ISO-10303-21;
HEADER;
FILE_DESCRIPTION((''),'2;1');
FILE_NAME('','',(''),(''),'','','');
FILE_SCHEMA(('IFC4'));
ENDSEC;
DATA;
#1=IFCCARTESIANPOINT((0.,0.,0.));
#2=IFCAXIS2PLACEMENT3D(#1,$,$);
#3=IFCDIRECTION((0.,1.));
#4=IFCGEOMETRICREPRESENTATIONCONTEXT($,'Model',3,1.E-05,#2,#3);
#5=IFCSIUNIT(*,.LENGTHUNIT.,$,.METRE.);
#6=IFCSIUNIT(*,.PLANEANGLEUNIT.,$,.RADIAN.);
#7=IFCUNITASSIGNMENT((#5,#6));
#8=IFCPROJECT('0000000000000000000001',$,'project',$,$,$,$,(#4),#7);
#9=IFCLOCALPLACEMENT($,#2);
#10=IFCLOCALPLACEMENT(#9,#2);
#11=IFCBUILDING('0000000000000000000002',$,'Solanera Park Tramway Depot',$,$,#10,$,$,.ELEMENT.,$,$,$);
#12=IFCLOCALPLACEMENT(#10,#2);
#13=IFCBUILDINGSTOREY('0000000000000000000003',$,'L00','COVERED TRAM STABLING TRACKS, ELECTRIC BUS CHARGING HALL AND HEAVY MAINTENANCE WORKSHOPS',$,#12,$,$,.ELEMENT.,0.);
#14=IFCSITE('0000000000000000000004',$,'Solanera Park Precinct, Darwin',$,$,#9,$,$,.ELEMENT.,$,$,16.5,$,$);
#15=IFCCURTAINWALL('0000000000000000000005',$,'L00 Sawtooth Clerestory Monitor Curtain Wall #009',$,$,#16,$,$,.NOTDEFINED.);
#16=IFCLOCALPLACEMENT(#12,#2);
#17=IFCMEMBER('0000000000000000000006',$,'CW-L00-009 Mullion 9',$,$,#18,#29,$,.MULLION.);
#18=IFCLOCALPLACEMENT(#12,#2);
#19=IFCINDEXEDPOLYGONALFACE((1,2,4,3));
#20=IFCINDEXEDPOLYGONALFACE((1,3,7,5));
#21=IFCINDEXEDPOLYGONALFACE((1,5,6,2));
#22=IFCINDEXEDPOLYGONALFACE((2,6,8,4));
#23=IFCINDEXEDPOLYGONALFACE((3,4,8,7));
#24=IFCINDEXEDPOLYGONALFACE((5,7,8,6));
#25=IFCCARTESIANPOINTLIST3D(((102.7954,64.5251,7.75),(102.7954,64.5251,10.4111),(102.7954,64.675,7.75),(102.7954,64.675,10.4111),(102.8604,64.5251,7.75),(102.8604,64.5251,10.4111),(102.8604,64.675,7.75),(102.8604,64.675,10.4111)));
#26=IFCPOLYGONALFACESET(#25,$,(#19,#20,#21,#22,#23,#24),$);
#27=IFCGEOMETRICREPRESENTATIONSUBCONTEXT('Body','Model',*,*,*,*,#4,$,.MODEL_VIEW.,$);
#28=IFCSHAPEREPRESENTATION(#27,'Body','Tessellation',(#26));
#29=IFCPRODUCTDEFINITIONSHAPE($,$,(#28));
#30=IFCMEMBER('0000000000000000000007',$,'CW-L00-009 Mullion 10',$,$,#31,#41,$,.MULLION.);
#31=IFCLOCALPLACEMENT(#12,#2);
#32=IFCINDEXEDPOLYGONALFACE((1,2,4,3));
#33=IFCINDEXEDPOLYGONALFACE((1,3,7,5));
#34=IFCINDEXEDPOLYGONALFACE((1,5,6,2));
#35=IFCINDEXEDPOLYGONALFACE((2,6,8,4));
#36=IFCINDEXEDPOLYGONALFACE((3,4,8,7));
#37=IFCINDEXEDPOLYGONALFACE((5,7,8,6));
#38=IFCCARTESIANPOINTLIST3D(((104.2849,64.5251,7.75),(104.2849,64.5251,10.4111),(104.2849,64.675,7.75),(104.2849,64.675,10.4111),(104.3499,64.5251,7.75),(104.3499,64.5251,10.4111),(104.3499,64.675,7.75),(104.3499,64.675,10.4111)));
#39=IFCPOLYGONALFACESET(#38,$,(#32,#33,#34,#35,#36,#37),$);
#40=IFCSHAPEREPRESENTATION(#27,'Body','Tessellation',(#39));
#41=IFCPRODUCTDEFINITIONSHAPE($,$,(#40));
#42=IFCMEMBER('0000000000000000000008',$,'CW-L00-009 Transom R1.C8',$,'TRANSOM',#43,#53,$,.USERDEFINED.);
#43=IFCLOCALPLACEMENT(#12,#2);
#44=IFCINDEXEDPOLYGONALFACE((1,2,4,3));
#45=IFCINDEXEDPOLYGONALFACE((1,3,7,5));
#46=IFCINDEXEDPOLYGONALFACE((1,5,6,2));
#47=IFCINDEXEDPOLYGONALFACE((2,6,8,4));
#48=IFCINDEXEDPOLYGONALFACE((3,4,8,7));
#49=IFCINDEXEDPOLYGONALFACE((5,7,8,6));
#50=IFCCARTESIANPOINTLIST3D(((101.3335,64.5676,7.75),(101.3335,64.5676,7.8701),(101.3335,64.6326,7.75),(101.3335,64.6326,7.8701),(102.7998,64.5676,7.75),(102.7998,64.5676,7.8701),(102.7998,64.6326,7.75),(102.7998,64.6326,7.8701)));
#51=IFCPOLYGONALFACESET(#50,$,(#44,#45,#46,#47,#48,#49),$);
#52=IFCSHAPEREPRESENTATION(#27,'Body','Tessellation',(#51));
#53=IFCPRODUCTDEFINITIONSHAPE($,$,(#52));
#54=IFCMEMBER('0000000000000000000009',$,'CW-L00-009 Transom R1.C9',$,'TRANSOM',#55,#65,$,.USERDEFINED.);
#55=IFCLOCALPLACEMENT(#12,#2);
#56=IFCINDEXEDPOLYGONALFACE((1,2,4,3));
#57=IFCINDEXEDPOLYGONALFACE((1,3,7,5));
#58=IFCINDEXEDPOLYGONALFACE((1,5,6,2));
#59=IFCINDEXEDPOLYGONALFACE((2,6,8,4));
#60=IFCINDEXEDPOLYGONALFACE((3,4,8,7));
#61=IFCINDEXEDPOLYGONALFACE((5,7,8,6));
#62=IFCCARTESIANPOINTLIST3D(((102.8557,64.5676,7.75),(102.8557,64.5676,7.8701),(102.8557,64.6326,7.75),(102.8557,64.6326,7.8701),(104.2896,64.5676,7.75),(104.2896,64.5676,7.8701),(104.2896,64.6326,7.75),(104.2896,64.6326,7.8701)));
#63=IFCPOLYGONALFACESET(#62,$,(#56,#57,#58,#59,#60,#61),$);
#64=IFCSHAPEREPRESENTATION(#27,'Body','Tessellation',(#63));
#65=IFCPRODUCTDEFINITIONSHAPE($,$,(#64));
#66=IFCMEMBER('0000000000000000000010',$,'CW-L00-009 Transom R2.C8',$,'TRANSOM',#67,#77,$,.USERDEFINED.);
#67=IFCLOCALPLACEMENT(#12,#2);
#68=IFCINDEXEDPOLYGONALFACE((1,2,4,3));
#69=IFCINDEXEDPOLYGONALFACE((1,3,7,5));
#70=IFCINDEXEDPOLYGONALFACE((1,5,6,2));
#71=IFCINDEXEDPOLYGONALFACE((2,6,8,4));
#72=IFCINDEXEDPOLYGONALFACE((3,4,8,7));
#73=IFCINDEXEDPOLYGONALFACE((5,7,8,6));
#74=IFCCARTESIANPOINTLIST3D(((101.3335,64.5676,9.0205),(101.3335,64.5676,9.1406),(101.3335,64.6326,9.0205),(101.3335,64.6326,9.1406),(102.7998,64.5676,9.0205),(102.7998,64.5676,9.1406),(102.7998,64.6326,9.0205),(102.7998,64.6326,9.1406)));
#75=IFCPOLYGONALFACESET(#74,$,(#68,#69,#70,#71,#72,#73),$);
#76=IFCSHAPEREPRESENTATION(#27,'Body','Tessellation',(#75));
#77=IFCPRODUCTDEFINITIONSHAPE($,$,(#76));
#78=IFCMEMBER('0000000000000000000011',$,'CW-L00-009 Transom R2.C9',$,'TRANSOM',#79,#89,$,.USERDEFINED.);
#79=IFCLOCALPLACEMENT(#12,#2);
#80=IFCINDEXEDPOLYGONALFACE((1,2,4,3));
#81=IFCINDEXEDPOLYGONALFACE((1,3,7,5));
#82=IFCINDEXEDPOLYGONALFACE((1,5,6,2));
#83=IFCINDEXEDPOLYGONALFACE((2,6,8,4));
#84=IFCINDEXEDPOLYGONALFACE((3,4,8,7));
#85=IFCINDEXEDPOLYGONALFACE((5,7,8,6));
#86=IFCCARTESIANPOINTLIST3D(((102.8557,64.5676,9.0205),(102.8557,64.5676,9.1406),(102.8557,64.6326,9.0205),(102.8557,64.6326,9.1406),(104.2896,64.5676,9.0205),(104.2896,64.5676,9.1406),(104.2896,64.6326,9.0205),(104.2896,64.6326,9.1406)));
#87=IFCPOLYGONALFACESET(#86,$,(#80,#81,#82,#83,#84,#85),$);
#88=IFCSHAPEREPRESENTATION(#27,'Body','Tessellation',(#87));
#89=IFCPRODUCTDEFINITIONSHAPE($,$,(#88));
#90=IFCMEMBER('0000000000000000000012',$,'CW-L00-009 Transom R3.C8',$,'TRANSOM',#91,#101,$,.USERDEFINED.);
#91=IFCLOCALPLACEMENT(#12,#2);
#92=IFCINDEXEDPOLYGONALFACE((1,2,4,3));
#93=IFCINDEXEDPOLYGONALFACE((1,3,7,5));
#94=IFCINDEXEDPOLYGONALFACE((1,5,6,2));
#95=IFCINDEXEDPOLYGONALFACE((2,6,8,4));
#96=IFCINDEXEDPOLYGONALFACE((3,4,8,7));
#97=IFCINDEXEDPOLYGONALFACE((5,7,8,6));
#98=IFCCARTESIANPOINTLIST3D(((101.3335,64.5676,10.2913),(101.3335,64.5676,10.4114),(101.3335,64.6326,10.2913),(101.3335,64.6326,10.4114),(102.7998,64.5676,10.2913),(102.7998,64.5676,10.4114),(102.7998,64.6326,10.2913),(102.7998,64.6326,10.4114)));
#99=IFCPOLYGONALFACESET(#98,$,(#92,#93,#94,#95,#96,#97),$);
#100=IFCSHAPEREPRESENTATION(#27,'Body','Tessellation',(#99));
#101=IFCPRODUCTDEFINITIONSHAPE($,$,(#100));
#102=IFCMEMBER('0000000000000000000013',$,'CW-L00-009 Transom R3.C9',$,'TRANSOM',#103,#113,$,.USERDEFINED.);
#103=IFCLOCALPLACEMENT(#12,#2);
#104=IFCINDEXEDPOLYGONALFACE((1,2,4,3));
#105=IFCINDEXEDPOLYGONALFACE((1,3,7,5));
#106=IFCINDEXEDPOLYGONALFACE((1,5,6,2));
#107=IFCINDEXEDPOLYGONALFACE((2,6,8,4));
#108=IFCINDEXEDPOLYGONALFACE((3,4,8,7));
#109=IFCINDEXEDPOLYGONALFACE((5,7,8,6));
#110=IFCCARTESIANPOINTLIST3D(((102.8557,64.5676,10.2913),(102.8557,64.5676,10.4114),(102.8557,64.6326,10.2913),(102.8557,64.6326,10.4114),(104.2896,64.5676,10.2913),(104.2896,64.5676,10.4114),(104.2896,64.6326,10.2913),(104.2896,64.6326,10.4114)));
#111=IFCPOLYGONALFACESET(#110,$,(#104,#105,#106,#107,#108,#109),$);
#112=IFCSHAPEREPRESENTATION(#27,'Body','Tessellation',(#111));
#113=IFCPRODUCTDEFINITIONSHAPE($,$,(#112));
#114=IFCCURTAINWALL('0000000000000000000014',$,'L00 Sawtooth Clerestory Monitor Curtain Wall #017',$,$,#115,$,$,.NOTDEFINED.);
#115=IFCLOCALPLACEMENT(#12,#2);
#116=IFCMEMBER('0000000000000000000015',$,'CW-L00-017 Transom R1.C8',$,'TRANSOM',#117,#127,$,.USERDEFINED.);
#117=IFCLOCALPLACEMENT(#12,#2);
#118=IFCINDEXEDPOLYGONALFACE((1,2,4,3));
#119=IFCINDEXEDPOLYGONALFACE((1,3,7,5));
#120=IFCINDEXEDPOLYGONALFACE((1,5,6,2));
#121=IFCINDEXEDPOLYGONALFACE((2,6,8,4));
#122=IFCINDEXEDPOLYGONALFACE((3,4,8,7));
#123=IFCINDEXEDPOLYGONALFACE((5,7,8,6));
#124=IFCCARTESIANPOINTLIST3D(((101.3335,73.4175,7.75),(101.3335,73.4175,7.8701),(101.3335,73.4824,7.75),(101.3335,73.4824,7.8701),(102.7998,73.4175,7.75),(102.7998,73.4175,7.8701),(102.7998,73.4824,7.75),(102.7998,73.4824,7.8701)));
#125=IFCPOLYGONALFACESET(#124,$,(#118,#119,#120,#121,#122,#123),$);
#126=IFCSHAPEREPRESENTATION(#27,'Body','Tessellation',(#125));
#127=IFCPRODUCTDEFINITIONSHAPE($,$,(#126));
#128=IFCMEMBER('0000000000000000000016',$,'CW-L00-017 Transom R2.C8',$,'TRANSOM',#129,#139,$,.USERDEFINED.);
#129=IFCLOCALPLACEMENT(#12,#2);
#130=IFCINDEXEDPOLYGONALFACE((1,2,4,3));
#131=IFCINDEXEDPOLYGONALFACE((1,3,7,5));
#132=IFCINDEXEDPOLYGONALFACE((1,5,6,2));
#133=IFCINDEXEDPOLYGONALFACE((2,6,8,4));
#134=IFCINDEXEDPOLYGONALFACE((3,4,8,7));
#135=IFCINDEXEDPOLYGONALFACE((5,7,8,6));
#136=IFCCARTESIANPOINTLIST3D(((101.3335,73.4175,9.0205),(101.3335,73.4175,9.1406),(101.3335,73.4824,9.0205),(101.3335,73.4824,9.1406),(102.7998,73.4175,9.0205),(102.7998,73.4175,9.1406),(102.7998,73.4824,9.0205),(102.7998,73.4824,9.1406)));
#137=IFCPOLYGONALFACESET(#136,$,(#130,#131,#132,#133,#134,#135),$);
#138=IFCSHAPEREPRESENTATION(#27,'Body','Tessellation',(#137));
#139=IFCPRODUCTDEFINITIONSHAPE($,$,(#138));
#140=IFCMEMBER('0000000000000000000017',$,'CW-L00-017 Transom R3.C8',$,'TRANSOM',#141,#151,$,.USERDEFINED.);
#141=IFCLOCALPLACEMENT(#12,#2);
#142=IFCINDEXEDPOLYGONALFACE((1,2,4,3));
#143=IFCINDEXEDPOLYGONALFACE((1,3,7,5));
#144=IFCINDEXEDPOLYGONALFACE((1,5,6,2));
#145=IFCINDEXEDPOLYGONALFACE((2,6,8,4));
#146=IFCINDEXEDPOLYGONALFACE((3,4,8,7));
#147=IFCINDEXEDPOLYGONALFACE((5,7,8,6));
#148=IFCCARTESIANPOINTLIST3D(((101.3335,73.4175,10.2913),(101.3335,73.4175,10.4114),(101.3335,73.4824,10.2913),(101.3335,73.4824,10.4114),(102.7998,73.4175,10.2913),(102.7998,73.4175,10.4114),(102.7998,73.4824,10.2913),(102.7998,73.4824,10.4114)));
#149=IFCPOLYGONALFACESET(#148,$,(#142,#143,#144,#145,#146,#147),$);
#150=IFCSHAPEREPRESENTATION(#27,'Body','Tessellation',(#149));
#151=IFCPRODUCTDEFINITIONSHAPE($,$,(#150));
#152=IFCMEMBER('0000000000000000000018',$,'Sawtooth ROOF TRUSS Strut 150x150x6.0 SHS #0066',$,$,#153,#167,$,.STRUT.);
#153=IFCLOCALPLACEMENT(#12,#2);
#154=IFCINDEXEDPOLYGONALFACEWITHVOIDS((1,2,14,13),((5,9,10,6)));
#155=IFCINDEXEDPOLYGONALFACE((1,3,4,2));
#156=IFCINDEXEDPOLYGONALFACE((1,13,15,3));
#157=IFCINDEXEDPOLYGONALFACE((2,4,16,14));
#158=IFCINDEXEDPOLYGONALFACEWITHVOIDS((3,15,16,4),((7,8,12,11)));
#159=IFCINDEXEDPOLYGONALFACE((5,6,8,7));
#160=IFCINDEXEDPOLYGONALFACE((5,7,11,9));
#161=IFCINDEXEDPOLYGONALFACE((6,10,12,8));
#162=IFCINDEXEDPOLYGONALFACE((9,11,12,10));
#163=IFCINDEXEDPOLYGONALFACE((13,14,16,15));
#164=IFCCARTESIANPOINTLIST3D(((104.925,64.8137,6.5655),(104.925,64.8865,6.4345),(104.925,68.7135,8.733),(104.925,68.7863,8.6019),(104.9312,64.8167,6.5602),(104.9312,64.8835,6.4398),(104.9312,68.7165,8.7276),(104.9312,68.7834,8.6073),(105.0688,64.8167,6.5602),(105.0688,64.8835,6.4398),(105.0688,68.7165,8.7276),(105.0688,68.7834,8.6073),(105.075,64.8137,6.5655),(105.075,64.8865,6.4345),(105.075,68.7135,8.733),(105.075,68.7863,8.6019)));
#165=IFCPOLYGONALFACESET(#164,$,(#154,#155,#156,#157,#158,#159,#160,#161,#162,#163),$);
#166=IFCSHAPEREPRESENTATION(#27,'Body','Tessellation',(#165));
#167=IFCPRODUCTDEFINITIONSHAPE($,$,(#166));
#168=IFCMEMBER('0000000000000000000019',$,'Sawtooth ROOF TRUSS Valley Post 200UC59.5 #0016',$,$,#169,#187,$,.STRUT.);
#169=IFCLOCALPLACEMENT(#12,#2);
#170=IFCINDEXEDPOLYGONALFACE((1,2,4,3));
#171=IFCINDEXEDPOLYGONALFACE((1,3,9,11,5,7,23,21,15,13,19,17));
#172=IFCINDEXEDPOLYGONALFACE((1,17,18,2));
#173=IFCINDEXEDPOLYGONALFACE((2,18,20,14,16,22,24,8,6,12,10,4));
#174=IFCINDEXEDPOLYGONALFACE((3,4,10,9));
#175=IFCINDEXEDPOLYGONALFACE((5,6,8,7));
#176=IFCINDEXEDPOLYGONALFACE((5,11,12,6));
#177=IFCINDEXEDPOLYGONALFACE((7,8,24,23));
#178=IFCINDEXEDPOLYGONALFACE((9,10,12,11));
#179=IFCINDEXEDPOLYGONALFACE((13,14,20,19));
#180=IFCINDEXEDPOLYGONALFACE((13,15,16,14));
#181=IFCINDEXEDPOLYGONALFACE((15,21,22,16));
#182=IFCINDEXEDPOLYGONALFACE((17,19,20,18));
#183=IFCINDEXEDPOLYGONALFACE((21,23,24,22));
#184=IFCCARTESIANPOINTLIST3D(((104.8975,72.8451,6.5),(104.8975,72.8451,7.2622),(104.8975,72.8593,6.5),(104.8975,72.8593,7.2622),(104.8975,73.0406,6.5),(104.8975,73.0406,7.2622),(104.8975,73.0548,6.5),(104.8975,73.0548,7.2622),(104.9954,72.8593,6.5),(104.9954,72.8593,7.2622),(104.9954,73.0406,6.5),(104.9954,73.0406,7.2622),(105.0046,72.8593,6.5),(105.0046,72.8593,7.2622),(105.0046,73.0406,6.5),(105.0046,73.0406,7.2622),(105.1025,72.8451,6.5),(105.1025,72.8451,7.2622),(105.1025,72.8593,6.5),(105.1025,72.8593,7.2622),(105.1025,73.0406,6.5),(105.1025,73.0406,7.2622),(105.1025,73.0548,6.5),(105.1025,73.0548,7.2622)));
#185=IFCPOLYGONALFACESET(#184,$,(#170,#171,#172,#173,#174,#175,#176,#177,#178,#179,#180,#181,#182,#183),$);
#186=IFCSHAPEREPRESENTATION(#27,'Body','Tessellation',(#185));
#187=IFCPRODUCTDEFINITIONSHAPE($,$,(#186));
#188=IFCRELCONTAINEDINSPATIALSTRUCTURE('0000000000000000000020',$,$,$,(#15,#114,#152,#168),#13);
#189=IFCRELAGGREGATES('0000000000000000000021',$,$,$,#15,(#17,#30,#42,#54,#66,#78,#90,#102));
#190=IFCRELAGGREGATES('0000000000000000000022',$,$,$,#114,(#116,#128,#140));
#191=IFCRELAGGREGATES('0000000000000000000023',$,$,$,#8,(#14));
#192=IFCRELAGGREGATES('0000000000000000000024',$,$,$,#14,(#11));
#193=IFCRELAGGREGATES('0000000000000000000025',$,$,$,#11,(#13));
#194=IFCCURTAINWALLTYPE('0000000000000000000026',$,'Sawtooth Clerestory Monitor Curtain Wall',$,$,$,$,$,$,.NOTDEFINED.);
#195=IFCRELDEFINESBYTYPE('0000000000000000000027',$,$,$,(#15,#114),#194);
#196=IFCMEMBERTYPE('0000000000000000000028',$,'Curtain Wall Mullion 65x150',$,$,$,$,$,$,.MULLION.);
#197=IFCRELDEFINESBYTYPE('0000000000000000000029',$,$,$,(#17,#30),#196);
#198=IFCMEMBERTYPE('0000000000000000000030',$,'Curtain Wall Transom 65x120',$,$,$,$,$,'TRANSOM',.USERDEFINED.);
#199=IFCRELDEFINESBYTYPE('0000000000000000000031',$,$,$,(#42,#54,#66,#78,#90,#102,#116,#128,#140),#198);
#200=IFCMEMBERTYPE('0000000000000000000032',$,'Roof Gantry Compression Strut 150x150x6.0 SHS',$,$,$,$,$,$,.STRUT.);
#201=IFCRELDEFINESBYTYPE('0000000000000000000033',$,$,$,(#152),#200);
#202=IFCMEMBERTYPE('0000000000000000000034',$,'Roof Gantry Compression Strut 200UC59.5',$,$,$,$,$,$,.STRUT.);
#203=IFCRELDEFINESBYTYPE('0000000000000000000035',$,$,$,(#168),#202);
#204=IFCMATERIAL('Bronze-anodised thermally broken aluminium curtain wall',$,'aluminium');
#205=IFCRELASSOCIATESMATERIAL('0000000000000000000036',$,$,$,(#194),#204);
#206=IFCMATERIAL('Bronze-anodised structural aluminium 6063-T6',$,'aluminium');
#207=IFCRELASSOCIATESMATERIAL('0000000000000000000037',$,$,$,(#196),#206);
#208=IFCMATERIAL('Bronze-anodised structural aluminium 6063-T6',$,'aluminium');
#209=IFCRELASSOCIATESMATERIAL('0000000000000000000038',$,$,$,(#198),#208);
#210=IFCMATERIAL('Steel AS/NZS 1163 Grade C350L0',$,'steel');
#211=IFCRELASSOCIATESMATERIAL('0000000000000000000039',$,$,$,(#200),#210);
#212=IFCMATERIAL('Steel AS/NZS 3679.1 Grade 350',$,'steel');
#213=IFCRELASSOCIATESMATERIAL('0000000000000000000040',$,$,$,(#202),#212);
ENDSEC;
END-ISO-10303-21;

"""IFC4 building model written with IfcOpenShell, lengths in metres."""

from ifc_helpers import new_model, si_unit, direction, frame, origin, origin_2d, place, context, subcontext, project, spatial, rectangle, hollow_rectangle, i_section, extrude, material, material_profile, profile_set, type_object, element, aggregate, save


model = new_model("IFC4")

# Units and contexts
model_context = context("Model", 3, precision=1e-05, world=origin(), true_north=direction((0.0, 1.0)))
body_context = subcontext(model_context, "Body", "Model", "MODEL_VIEW")
ifc_project = project(units=[si_unit("LENGTHUNIT", "METRE"), si_unit("PLANEANGLEUNIT", "RADIAN")], contexts=[model_context])

# Site, building, storey
site_placement = place(None, origin())
site = spatial("IfcSite", under=ifc_project, at=site_placement, Name="Solanera Park Precinct, Darwin", CompositionType="ELEMENT", RefElevation=16.5)
building_placement = place(site_placement, origin())
building = spatial("IfcBuilding", under=site, at=building_placement, Name="Solanera Park Tramway Depot", CompositionType="ELEMENT")
storey_placement = place(building_placement, origin())
storey = spatial("IfcBuildingStorey", under=building, at=storey_placement, Name="L00", Description="COVERED TRAM STABLING TRACKS, ELECTRIC BUS CHARGING HALL AND HEAVY MAINTENANCE WORKSHOPS", CompositionType="ELEMENT", Elevation=0.0)

# Curtain walls, members
ifc_material_1 = material(Name="Bronze-anodised thermally broken aluminium curtain wall", Category="aluminium")
curtain_wall_type = type_object("IfcCurtainWallType", Name="Sawtooth Clerestory Monitor Curtain Wall", PredefinedType="NOTDEFINED", material=ifc_material_1)
curtain_wall_1_placement = place(storey_placement, origin())
curtain_wall_1 = element("IfcCurtainWall", 1, at=curtain_wall_1_placement, inside=storey, type_object=curtain_wall_type, Name="L00 Sawtooth Clerestory Monitor Curtain Wall #009", PredefinedType="NOTDEFINED")
ifc_material_2 = material(Name="Bronze-anodised structural aluminium 6063-T6", Category="aluminium")
ifc_material_profile_1 = material_profile(ifc_material_2, rectangle(XDim=0.0649, YDim=0.1499, at=origin_2d()), Name="Curtain Wall Mullion 65x150")
ifc_profile_set_1 = profile_set([ifc_material_profile_1], Name="Bronze-anodised structural aluminium 6063-T6")
member_type_1 = type_object("IfcMemberType", Name="Curtain Wall Mullion 65x150", PredefinedType="MULLION", material=ifc_profile_set_1)
member_1_placement = place(storey_placement, frame((102.8279, 64.6001, 7.75), z_axis=(0.0, 0.0, 1.0), x_axis=(1.0, 0.0, 0.0)))
member_1 = element("IfcMember", 2, at=member_1_placement, type_object=member_type_1, Name="CW-L00-009 Mullion 9", PredefinedType="MULLION", context=body_context, shape_type="SweptSolid", body=[
    extrude(rectangle(XDim=0.0649, YDim=0.1499, at=origin_2d()), origin(), (0.0, 0.0, 1.0), 2.6611),
])
member_2_placement = place(storey_placement, frame((104.3174, 64.6001, 7.75), z_axis=(0.0, 0.0, 1.0), x_axis=(1.0, 0.0, 0.0)))
member_2 = element("IfcMember", 3, at=member_2_placement, type_object=member_type_1, Name="CW-L00-009 Mullion 10", PredefinedType="MULLION", context=body_context, shape_type="SweptSolid", body=[
    extrude(rectangle(XDim=0.0649, YDim=0.1499, at=origin_2d()), origin(), (0.0, 0.0, 1.0), 2.6611),
])
ifc_material_3 = material(Name="Bronze-anodised structural aluminium 6063-T6", Category="aluminium")
ifc_material_profile_2 = material_profile(ifc_material_3, rectangle(XDim=0.0649, YDim=0.1201, at=origin_2d()), Name="Curtain Wall Transom 65x120")
ifc_profile_set_2 = profile_set([ifc_material_profile_2], Name="Bronze-anodised structural aluminium 6063-T6")
member_type_2 = type_object("IfcMemberType", Name="Curtain Wall Transom 65x120", ElementType="TRANSOM", PredefinedType="USERDEFINED", material=ifc_profile_set_2)
member_3_placement = place(storey_placement, frame((101.3335, 64.6001, 7.8101), z_axis=(1.0, 0.0, 0.0), x_axis=(0.0, 1.0, 0.0)))
member_3 = element("IfcMember", 4, at=member_3_placement, type_object=member_type_2, Name="CW-L00-009 Transom R1.C8", ObjectType="TRANSOM", PredefinedType="USERDEFINED", context=body_context, shape_type="SweptSolid", body=[
    extrude(rectangle(XDim=0.0649, YDim=0.1201, at=origin_2d()), origin(), (0.0, 0.0, 1.0), 1.4663),
])
member_4_placement = place(storey_placement, frame((102.8557, 64.6001, 7.8101), z_axis=(1.0, 0.0, 0.0), x_axis=(0.0, 1.0, 0.0)))
member_4 = element("IfcMember", 5, at=member_4_placement, type_object=member_type_2, Name="CW-L00-009 Transom R1.C9", ObjectType="TRANSOM", PredefinedType="USERDEFINED", context=body_context, shape_type="SweptSolid", body=[
    extrude(rectangle(XDim=0.0649, YDim=0.1201, at=origin_2d()), origin(), (0.0, 0.0, 1.0), 1.4338),
])
member_5_placement = place(storey_placement, frame((101.3335, 64.6001, 9.0806), z_axis=(1.0, 0.0, 0.0), x_axis=(0.0, 1.0, 0.0)))
member_5 = element("IfcMember", 6, at=member_5_placement, type_object=member_type_2, Name="CW-L00-009 Transom R2.C8", ObjectType="TRANSOM", PredefinedType="USERDEFINED", context=body_context, shape_type="SweptSolid", body=[
    extrude(rectangle(XDim=0.0649, YDim=0.1201, at=origin_2d()), origin(), (0.0, 0.0, 1.0), 1.4663),
])
member_6_placement = place(storey_placement, frame((102.8557, 64.6001, 9.0806), z_axis=(1.0, 0.0, 0.0), x_axis=(0.0, 1.0, 0.0)))
member_6 = element("IfcMember", 7, at=member_6_placement, type_object=member_type_2, Name="CW-L00-009 Transom R2.C9", ObjectType="TRANSOM", PredefinedType="USERDEFINED", context=body_context, shape_type="SweptSolid", body=[
    extrude(rectangle(XDim=0.0649, YDim=0.1201, at=origin_2d()), origin(), (0.0, 0.0, 1.0), 1.4338),
])
member_7_placement = place(storey_placement, frame((101.3335, 64.6001, 10.3513), z_axis=(1.0, 0.0, 0.0), x_axis=(0.0, 1.0, 0.0)))
member_7 = element("IfcMember", 8, at=member_7_placement, type_object=member_type_2, Name="CW-L00-009 Transom R3.C8", ObjectType="TRANSOM", PredefinedType="USERDEFINED", context=body_context, shape_type="SweptSolid", body=[
    extrude(rectangle(XDim=0.0649, YDim=0.1201, at=origin_2d()), origin(), (0.0, 0.0, 1.0), 1.4663),
])
member_8_placement = place(storey_placement, frame((102.8557, 64.6001, 10.3513), z_axis=(1.0, 0.0, 0.0), x_axis=(0.0, 1.0, 0.0)))
member_8 = element("IfcMember", 9, at=member_8_placement, type_object=member_type_2, Name="CW-L00-009 Transom R3.C9", ObjectType="TRANSOM", PredefinedType="USERDEFINED", context=body_context, shape_type="SweptSolid", body=[
    extrude(rectangle(XDim=0.0649, YDim=0.1201, at=origin_2d()), origin(), (0.0, 0.0, 1.0), 1.4338),
])
curtain_wall_2_placement = place(storey_placement, origin())
curtain_wall_2 = element("IfcCurtainWall", 10, at=curtain_wall_2_placement, inside=storey, type_object=curtain_wall_type, Name="L00 Sawtooth Clerestory Monitor Curtain Wall #017", PredefinedType="NOTDEFINED")
member_9_placement = place(storey_placement, frame((101.3335, 73.45, 7.8101), z_axis=(1.0, 0.0, 0.0), x_axis=(0.0, 1.0, 0.0)))
member_9 = element("IfcMember", 11, at=member_9_placement, type_object=member_type_2, Name="CW-L00-017 Transom R1.C8", ObjectType="TRANSOM", PredefinedType="USERDEFINED", context=body_context, shape_type="SweptSolid", body=[
    extrude(rectangle(XDim=0.0649, YDim=0.1201, at=origin_2d()), origin(), (0.0, 0.0, 1.0), 1.4663),
])
member_10_placement = place(storey_placement, frame((101.3335, 73.45, 9.0806), z_axis=(1.0, 0.0, 0.0), x_axis=(0.0, 1.0, 0.0)))
member_10 = element("IfcMember", 12, at=member_10_placement, type_object=member_type_2, Name="CW-L00-017 Transom R2.C8", ObjectType="TRANSOM", PredefinedType="USERDEFINED", context=body_context, shape_type="SweptSolid", body=[
    extrude(rectangle(XDim=0.0649, YDim=0.1201, at=origin_2d()), origin(), (0.0, 0.0, 1.0), 1.4663),
])
member_11_placement = place(storey_placement, frame((101.3335, 73.45, 10.3513), z_axis=(1.0, 0.0, 0.0), x_axis=(0.0, 1.0, 0.0)))
member_11 = element("IfcMember", 13, at=member_11_placement, type_object=member_type_2, Name="CW-L00-017 Transom R3.C8", ObjectType="TRANSOM", PredefinedType="USERDEFINED", context=body_context, shape_type="SweptSolid", body=[
    extrude(rectangle(XDim=0.0649, YDim=0.1201, at=origin_2d()), origin(), (0.0, 0.0, 1.0), 1.4663),
])

# Members
ifc_material_4 = material(Name="Steel AS/NZS 1163 Grade C350L0", Category="steel")
ifc_material_profile_3 = material_profile(ifc_material_4, hollow_rectangle(XDim=0.1499, YDim=0.1499, WallThickness=0.0061, at=origin_2d()), Name="150x150x6.0 SHS")
ifc_profile_set_3 = profile_set([ifc_material_profile_3], Name="Steel AS/NZS 1163 Grade C350L0")
member_type_3 = type_object("IfcMemberType", Name="Roof Gantry Compression Strut 150x150x6.0 SHS", PredefinedType="STRUT", material=ifc_profile_set_3)
member_12_placement = place(storey_placement, frame((105.0, 64.8501, 6.5), z_axis=(0.0, 0.874075, 0.485792), x_axis=(-1.0, 0.0, 0.0)))
element("IfcMember", 14, at=member_12_placement, inside=storey, type_object=member_type_3, Name="Sawtooth ROOF TRUSS Strut 150x150x6.0 SHS #0066", PredefinedType="STRUT", context=body_context, shape_type="SweptSolid", body=[
    extrude(hollow_rectangle(XDim=0.1499, YDim=0.1499, WallThickness=0.0061, at=origin_2d()), origin(), (0.0, 0.0, 1.0), 4.4617),
])
ifc_material_5 = material(Name="Steel AS/NZS 3679.1 Grade 350", Category="steel")
ifc_material_profile_4 = material_profile(ifc_material_5, i_section(OverallWidth=0.2051, OverallDepth=0.2097, WebThickness=0.0093, FlangeThickness=0.0142, at=origin_2d()), Name="200UC59.5")
ifc_profile_set_4 = profile_set([ifc_material_profile_4], Name="Steel AS/NZS 3679.1 Grade 350")
member_type_4 = type_object("IfcMemberType", Name="Roof Gantry Compression Strut 200UC59.5", PredefinedType="STRUT", material=ifc_profile_set_4)
member_13_placement = place(storey_placement, frame((105.0, 72.95, 6.5), z_axis=(0.0, 0.0, 1.0), x_axis=(1.0, 0.0, 0.0)))
element("IfcMember", 15, at=member_13_placement, inside=storey, type_object=member_type_4, Name="Sawtooth ROOF TRUSS Valley Post 200UC59.5 #0016", PredefinedType="STRUT", context=body_context, shape_type="SweptSolid", body=[
    extrude(i_section(OverallWidth=0.2051, OverallDepth=0.2097, WebThickness=0.0093, FlangeThickness=0.0142, at=origin_2d()), origin(), (0.0, 0.0, 1.0), 0.7622),
])

aggregate(curtain_wall_1, [member_1, member_2, member_3, member_4, member_5, member_6, member_7, member_8])
aggregate(curtain_wall_2, [member_9, member_10, member_11])

save(model, "model.ifc")
